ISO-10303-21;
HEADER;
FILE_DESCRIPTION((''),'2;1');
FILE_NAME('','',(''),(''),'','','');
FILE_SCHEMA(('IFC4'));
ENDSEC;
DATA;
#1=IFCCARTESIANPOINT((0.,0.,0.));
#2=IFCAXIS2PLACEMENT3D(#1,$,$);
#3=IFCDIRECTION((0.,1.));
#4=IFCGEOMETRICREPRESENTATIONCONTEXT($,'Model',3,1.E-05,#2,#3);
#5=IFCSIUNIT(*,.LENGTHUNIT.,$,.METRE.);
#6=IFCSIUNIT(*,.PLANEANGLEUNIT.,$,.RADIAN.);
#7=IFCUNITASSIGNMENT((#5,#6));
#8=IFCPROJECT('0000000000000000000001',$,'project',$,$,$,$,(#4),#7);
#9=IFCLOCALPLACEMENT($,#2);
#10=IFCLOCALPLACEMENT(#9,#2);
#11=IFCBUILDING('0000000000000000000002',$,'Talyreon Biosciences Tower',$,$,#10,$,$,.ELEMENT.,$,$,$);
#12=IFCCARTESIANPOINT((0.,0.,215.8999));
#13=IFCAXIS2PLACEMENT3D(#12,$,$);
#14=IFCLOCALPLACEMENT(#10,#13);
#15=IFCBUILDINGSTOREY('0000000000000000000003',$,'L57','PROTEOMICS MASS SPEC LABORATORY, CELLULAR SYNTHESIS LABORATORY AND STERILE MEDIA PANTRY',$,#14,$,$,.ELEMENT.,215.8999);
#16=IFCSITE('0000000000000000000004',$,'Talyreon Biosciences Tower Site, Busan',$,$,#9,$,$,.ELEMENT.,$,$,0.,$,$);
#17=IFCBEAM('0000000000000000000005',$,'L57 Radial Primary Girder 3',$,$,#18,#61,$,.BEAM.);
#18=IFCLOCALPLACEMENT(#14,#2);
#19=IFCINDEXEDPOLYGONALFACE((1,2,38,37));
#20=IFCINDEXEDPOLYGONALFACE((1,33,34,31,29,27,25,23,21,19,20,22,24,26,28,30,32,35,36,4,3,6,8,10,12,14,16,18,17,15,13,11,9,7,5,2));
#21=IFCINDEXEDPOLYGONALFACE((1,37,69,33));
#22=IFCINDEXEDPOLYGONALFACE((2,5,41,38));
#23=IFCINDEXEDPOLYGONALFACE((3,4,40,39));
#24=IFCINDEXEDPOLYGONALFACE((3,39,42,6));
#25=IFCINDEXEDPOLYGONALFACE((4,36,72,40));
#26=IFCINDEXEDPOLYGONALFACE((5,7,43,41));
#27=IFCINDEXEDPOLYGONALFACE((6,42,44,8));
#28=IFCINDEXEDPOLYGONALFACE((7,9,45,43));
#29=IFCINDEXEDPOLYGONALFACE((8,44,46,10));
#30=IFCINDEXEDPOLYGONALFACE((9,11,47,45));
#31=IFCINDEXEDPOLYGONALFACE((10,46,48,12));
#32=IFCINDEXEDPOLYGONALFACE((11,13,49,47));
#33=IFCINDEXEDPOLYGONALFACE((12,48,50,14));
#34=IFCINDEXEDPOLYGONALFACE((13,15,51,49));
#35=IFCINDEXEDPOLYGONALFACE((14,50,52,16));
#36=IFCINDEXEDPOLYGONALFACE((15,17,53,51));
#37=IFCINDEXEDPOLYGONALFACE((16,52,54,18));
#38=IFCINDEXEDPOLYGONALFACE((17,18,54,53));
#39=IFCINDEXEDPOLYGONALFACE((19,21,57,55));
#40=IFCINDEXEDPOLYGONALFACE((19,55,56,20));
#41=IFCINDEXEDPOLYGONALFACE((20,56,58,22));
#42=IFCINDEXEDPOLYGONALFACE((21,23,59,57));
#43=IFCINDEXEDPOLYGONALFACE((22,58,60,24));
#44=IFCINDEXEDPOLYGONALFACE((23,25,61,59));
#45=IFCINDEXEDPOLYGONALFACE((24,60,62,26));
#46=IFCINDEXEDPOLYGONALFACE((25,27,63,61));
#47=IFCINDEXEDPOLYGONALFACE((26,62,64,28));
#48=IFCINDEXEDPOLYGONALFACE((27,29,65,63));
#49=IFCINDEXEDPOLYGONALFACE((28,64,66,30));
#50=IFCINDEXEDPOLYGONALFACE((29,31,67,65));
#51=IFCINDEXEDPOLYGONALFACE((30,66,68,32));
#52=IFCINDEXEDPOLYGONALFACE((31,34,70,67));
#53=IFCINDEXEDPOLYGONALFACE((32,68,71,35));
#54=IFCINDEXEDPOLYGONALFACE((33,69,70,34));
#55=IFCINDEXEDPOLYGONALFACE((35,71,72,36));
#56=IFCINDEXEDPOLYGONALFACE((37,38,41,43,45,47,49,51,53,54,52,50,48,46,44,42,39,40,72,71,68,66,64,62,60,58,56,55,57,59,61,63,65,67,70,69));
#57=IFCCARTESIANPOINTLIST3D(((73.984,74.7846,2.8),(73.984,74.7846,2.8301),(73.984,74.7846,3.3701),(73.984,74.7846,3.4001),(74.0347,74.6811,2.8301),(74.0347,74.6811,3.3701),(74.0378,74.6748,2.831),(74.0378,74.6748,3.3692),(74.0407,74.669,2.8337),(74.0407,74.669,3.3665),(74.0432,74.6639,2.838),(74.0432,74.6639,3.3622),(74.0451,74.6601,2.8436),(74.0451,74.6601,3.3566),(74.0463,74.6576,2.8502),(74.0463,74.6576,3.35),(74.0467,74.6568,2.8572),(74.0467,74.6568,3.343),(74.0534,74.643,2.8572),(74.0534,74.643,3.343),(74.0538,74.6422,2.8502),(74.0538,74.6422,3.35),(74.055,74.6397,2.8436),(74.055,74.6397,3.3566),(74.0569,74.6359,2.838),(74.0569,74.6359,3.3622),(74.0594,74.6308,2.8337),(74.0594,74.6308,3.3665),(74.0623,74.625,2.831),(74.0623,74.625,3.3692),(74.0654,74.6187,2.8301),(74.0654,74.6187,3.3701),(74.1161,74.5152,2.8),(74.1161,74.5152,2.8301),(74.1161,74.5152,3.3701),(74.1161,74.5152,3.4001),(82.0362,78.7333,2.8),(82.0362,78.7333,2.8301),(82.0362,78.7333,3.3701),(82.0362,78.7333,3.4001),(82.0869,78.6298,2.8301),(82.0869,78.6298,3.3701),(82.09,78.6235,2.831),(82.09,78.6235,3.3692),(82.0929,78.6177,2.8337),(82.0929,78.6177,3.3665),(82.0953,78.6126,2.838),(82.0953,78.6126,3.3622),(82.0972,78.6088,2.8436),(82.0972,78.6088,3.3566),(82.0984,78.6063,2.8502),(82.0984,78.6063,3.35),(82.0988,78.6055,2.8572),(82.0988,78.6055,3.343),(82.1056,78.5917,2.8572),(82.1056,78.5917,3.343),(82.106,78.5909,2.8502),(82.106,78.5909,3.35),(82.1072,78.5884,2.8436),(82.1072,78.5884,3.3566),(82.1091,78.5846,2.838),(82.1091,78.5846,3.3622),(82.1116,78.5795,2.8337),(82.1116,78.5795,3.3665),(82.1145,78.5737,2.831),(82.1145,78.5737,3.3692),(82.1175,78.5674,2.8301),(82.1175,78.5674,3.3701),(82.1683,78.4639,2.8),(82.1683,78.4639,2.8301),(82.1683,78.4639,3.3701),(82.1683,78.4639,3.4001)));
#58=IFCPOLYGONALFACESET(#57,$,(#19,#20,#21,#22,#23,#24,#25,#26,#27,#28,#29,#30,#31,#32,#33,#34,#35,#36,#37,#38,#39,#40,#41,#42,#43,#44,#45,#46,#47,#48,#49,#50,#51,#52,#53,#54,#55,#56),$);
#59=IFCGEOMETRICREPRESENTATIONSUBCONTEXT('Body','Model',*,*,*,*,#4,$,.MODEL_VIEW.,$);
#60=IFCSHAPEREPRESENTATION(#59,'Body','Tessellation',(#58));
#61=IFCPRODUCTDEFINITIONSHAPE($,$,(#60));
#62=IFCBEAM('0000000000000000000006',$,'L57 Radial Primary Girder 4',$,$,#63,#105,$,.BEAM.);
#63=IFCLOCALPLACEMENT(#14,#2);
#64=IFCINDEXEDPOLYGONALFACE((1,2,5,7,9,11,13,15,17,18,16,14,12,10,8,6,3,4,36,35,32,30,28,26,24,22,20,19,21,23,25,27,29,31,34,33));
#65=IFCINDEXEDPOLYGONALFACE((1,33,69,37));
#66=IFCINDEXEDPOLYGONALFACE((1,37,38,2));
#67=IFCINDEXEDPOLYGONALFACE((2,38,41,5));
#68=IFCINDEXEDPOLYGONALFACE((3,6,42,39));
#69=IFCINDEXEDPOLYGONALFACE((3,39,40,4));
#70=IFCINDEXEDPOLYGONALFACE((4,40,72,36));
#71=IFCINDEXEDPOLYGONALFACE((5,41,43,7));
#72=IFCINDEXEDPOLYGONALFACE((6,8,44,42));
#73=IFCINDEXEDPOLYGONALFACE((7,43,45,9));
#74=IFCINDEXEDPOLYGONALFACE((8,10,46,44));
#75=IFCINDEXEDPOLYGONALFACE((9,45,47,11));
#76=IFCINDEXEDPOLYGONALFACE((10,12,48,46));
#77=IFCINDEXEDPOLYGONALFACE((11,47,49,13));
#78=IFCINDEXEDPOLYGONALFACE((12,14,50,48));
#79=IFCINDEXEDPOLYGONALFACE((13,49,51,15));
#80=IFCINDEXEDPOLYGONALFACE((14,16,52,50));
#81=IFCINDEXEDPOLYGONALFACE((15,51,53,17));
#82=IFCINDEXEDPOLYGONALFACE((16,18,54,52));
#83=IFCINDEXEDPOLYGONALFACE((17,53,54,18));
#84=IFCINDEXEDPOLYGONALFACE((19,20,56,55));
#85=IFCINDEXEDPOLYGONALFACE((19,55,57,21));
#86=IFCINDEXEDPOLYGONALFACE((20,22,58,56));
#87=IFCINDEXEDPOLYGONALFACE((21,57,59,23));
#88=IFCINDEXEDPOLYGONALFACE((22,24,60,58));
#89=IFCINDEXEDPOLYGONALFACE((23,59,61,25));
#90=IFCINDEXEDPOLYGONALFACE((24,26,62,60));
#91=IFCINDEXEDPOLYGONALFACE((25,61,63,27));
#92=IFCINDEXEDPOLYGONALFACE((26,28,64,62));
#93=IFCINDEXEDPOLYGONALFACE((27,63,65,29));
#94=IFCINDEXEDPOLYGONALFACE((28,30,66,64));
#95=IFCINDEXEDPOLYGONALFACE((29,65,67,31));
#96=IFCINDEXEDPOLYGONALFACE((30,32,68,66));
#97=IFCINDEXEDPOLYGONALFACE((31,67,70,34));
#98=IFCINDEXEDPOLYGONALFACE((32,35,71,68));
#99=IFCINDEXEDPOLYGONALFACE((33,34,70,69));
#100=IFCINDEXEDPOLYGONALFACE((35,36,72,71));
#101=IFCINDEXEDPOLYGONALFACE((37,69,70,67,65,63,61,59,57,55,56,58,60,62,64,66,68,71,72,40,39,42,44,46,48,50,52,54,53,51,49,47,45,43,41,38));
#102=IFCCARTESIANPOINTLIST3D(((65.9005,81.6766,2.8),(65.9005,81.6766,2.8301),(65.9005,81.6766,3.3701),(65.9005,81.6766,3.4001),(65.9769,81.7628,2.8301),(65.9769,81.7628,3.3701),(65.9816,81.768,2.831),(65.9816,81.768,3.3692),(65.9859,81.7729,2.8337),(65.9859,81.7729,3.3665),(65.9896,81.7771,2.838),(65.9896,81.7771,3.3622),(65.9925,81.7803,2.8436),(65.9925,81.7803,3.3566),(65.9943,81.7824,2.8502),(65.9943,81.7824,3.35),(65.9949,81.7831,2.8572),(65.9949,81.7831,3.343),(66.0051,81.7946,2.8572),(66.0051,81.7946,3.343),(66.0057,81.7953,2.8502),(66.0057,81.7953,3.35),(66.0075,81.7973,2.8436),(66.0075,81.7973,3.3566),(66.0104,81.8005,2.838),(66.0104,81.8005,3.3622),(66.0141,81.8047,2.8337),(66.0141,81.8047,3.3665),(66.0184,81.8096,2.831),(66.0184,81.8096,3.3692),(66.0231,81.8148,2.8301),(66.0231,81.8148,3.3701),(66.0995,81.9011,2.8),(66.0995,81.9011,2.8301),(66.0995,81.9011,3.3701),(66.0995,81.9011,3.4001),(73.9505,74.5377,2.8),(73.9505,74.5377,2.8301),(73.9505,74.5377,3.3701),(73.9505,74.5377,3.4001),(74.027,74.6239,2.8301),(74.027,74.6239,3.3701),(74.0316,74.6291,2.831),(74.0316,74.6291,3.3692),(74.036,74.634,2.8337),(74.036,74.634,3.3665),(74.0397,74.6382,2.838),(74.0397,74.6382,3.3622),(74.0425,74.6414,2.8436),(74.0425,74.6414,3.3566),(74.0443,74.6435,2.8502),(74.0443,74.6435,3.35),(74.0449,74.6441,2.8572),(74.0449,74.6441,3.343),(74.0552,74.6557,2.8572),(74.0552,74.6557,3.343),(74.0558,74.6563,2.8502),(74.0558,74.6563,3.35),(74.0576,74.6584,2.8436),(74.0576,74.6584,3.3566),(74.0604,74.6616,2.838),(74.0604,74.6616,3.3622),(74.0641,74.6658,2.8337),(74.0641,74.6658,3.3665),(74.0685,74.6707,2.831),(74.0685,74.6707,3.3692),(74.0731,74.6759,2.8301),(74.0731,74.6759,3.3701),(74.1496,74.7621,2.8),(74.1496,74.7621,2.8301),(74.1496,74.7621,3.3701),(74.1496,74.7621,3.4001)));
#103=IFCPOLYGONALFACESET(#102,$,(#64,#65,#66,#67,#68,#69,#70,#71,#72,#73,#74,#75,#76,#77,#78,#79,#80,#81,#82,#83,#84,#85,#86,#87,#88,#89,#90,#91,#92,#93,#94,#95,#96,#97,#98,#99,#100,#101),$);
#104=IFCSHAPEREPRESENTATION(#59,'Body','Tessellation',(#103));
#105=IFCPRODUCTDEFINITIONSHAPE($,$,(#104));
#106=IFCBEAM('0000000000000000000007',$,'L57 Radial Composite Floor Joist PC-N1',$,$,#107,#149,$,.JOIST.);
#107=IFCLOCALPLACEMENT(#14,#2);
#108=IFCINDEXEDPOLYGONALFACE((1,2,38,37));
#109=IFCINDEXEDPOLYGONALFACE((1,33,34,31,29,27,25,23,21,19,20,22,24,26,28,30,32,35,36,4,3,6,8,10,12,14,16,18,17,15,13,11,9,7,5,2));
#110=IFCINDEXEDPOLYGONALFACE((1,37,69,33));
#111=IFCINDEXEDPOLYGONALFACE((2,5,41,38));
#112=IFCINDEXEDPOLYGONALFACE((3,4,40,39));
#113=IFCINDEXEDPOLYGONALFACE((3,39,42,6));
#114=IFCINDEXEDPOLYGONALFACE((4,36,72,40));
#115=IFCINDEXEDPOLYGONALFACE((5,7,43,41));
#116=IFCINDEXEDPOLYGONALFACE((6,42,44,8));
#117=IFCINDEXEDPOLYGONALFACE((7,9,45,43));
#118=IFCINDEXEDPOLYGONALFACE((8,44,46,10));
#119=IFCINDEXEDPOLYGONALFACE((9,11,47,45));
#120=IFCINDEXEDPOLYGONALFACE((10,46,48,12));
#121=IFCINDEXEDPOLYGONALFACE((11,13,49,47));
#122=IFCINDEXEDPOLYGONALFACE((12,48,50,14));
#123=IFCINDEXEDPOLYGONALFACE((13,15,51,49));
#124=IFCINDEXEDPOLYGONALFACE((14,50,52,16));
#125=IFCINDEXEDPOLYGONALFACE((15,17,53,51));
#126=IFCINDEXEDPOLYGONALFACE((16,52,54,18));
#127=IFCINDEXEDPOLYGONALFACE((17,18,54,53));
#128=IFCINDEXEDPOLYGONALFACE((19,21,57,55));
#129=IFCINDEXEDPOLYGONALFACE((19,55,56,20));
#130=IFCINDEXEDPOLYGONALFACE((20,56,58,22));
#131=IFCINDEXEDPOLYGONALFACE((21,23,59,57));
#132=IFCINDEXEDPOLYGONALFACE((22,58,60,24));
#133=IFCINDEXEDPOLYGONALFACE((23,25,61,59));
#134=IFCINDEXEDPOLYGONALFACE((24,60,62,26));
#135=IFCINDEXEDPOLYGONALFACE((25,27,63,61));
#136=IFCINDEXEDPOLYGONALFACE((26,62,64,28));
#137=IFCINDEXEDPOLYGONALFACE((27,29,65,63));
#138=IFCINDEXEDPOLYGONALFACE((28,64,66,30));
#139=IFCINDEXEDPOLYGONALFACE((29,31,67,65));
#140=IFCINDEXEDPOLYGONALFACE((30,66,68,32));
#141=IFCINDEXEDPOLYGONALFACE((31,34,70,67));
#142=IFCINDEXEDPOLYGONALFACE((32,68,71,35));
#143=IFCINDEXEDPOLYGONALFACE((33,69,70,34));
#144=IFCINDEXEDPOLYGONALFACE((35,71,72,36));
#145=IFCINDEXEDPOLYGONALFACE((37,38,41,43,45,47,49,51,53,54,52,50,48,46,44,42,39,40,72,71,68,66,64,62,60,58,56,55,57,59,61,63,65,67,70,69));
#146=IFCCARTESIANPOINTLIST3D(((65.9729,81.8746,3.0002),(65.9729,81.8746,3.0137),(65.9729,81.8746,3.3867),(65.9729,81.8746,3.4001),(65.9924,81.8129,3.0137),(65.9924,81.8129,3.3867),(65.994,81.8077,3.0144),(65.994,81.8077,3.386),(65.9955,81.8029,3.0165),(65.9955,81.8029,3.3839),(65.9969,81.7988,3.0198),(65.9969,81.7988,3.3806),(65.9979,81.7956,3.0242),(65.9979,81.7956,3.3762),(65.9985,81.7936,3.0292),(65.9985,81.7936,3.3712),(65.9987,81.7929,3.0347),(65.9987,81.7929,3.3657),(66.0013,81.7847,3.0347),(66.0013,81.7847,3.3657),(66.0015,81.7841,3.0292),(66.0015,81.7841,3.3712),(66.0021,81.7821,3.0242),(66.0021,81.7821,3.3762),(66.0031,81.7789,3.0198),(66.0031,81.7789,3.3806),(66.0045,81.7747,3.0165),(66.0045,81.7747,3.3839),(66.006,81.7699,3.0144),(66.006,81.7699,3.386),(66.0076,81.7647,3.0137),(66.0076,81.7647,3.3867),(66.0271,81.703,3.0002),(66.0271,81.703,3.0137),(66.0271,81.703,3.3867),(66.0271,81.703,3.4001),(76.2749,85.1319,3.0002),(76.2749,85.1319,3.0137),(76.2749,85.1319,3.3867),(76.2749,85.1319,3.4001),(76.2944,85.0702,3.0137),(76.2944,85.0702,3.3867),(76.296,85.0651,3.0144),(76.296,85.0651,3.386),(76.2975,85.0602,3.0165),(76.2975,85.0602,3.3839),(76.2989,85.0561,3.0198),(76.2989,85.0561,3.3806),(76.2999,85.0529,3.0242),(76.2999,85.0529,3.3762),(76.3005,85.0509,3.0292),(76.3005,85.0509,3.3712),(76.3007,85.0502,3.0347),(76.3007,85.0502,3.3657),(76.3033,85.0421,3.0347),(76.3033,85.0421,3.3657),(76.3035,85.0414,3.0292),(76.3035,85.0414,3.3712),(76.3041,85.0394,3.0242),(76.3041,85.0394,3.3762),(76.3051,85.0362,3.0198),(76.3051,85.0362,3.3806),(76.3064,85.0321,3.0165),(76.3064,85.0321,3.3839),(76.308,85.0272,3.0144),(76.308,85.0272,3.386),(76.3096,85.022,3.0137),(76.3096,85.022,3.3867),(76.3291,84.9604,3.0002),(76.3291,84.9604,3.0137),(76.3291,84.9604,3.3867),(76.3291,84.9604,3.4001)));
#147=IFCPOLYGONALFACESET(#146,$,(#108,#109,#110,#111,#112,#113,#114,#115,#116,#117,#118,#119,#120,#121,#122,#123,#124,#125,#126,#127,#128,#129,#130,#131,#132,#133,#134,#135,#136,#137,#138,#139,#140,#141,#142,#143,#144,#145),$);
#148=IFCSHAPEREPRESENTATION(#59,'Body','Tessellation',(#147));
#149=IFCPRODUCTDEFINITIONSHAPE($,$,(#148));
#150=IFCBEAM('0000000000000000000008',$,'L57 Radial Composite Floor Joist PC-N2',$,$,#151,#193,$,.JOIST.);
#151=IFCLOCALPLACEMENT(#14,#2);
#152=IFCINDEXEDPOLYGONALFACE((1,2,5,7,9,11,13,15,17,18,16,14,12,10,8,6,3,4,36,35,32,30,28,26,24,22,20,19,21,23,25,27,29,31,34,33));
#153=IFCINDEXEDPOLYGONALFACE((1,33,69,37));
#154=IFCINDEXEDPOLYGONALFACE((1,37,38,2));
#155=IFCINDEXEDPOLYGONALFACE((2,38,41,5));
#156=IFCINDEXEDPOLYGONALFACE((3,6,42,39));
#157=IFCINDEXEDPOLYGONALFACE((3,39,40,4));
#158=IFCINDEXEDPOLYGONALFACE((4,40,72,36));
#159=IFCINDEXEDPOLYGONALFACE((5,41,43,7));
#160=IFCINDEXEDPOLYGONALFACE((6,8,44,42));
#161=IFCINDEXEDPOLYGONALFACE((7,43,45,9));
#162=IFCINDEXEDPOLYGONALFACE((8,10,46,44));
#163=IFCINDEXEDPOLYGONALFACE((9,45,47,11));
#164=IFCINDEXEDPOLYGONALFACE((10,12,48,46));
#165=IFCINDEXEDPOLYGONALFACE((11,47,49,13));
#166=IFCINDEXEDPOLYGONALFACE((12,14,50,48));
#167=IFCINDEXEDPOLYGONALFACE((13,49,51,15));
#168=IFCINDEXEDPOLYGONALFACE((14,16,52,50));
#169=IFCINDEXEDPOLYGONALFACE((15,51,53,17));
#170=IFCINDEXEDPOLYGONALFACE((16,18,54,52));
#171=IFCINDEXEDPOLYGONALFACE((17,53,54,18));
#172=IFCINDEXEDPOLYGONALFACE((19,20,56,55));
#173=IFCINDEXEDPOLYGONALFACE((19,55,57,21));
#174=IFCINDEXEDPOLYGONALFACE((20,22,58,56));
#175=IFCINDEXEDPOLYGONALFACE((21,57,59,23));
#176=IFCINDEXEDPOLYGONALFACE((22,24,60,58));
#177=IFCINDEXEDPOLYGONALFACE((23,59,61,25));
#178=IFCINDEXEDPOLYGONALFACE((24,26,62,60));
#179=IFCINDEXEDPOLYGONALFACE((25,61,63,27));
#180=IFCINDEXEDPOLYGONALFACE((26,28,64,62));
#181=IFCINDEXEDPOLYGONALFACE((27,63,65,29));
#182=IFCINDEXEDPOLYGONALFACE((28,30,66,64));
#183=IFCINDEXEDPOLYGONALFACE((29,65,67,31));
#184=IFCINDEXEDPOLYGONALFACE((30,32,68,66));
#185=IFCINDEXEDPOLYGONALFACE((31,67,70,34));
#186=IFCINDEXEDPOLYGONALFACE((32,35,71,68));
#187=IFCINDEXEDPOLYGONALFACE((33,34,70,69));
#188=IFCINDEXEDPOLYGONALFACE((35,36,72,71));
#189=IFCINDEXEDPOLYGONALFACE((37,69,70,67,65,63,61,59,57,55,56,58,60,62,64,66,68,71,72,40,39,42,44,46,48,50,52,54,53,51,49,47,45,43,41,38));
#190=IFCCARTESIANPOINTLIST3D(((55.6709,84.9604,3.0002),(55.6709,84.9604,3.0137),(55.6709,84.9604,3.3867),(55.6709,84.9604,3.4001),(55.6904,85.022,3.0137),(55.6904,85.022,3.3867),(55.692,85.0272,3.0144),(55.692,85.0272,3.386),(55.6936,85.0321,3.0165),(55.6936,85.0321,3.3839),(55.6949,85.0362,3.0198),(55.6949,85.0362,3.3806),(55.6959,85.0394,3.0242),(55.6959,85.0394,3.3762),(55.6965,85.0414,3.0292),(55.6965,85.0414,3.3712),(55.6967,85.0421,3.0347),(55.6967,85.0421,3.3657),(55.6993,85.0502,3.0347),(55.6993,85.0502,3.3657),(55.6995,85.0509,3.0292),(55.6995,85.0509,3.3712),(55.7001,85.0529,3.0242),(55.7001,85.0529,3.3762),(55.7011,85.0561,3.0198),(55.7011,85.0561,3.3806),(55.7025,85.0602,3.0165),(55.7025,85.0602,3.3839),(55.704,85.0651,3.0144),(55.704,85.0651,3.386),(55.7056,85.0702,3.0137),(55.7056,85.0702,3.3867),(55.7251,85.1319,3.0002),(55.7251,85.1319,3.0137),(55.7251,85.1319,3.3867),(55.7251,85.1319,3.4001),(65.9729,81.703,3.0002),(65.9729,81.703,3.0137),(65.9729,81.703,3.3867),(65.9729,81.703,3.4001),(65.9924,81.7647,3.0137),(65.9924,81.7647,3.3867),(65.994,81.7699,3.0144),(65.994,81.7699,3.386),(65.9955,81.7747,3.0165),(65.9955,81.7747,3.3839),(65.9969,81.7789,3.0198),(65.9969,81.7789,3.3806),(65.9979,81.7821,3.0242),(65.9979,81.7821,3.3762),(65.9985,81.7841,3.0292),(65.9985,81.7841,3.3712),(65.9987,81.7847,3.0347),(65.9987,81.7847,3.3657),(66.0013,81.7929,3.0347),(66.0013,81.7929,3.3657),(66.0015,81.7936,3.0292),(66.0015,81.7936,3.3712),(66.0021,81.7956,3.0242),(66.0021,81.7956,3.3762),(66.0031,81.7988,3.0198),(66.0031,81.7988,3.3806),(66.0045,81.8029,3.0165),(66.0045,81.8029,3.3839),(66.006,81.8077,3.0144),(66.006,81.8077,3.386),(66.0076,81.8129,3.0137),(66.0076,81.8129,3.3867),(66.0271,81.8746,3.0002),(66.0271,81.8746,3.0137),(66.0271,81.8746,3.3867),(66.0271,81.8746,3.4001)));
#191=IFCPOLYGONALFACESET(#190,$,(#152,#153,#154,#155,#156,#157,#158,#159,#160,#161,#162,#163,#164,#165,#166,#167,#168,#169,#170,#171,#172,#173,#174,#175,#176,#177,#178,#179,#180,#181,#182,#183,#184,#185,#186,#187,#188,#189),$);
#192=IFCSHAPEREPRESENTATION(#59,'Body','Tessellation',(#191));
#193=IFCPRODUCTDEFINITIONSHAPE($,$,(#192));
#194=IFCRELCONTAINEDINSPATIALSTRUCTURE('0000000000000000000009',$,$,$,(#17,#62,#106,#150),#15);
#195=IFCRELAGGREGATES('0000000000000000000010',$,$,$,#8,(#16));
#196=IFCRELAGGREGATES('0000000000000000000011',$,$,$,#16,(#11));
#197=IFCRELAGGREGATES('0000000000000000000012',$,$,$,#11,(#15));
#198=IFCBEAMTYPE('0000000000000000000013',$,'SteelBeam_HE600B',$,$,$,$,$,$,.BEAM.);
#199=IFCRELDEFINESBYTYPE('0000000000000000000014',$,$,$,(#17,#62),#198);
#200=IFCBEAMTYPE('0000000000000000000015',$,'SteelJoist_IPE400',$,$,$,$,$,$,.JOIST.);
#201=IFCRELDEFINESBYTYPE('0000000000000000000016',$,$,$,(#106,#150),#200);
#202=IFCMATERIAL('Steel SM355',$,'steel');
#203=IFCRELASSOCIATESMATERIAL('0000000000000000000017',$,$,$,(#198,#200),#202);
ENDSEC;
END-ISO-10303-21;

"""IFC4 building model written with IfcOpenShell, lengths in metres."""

from ifc_helpers import new_model, si_unit, direction, frame, origin, origin_2d, place, context, subcontext, project, spatial, i_section, extrude, material, material_profile, profile_set, type_object, element, save


model = new_model("IFC4")

# Units and contexts
model_context = context("Model", 3, precision=1e-05, world=origin(), true_north=direction((0.0, 1.0)))
body_context = subcontext(model_context, "Body", "Model", "MODEL_VIEW")
ifc_project = project(units=[si_unit("LENGTHUNIT", "METRE"), si_unit("PLANEANGLEUNIT", "RADIAN")], contexts=[model_context])

# Site, building, storey
site_placement = place(None, origin())
site = spatial("IfcSite", under=ifc_project, at=site_placement, Name="Talyreon Biosciences Tower Site, Busan", CompositionType="ELEMENT", RefElevation=0.0)
building_placement = place(site_placement, origin())
building = spatial("IfcBuilding", under=site, at=building_placement, Name="Talyreon Biosciences Tower", CompositionType="ELEMENT")
storey_placement = place(building_placement, frame((0.0, 0.0, 215.8999)))
storey = spatial("IfcBuildingStorey", under=building, at=storey_placement, Name="L57", Description="PROTEOMICS MASS SPEC LABORATORY, CELLULAR SYNTHESIS LABORATORY AND STERILE MEDIA PANTRY", CompositionType="ELEMENT", Elevation=215.8999)

# Beams
ifc_material_1 = material(Name="Steel SM355", Category="steel")
ifc_material_profile_1 = material_profile(ifc_material_1, i_section(OverallWidth=0.3, OverallDepth=0.6001, WebThickness=0.0154, FlangeThickness=0.03, FilletRadius=0.0271, at=origin_2d()), Name="HE600B")
ifc_profile_set_1 = profile_set([ifc_material_profile_1], Name="Steel SM355")
beam_type_1 = type_object("IfcBeamType", Name="SteelBeam_HE600B", PredefinedType="BEAM", material=ifc_profile_set_1)
beam_1_placement = place(storey_placement, frame((74.05, 74.6499, 3.1001), z_axis=(0.897852, 0.440297, 0.0), x_axis=(-0.440297, 0.897852, 0.0)))
element("IfcBeam", 1, at=beam_1_placement, inside=storey, type_object=beam_type_1, Name="L57 Radial Primary Girder 3", PredefinedType="BEAM", context=body_context, shape_type="SweptSolid", body=[
    extrude(i_section(OverallWidth=0.3, OverallDepth=0.6001, WebThickness=0.0154, FlangeThickness=0.03, FilletRadius=0.0271, at=origin_2d()), origin(), (0.0, 0.0, 1.0), 8.9683),
])
beam_2_placement = place(storey_placement, frame((74.05, 74.6499, 3.1001), z_axis=(-0.748179, 0.663497, 0.0), x_axis=(-0.663497, -0.748179, 0.0)))
element("IfcBeam", 2, at=beam_2_placement, inside=storey, type_object=beam_type_1, Name="L57 Radial Primary Girder 4", PredefinedType="BEAM", context=body_context, shape_type="SweptSolid", body=[
    extrude(i_section(OverallWidth=0.3, OverallDepth=0.6001, WebThickness=0.0154, FlangeThickness=0.03, FilletRadius=0.0271, at=origin_2d()), origin(), (0.0, 0.0, 1.0), 10.7595),
])
ifc_material_profile_2 = material_profile(ifc_material_1, i_section(OverallWidth=0.1799, OverallDepth=0.3999, WebThickness=0.0085, FlangeThickness=0.0134, FilletRadius=0.021, at=origin_2d()), Name="IPE400")
ifc_profile_set_2 = profile_set([ifc_material_profile_2], Name="Steel SM355")
beam_type_2 = type_object("IfcBeamType", Name="SteelJoist_IPE400", PredefinedType="JOIST", material=ifc_profile_set_2)
for number, where, z_axis, x_axis, name in (
    (3, (66.0, 81.7888, 3.2002), (0.953475, 0.301473, 0.0), (-0.301473, 0.953475, 0.0), "L57 Radial Composite Floor Joist PC-N1"),
    (4, (66.0, 81.7888, 3.2002), (-0.953475, 0.301473, 0.0), (-0.301473, -0.953475, 0.0), "L57 Radial Composite Floor Joist PC-N2"),
):
    element("IfcBeam", number, at=place(storey_placement, frame(where, z_axis=z_axis, x_axis=x_axis)), inside=storey, type_object=beam_type_2, Name=name, PredefinedType="JOIST", context=body_context, shape_type="SweptSolid", body=[
        extrude(i_section(OverallWidth=0.1799, OverallDepth=0.3999, WebThickness=0.0085, FlangeThickness=0.0134, FilletRadius=0.021, at=origin_2d()), origin(), (0.0, 0.0, 1.0), 10.8047),
    ])

save(model, "model.ifc")
